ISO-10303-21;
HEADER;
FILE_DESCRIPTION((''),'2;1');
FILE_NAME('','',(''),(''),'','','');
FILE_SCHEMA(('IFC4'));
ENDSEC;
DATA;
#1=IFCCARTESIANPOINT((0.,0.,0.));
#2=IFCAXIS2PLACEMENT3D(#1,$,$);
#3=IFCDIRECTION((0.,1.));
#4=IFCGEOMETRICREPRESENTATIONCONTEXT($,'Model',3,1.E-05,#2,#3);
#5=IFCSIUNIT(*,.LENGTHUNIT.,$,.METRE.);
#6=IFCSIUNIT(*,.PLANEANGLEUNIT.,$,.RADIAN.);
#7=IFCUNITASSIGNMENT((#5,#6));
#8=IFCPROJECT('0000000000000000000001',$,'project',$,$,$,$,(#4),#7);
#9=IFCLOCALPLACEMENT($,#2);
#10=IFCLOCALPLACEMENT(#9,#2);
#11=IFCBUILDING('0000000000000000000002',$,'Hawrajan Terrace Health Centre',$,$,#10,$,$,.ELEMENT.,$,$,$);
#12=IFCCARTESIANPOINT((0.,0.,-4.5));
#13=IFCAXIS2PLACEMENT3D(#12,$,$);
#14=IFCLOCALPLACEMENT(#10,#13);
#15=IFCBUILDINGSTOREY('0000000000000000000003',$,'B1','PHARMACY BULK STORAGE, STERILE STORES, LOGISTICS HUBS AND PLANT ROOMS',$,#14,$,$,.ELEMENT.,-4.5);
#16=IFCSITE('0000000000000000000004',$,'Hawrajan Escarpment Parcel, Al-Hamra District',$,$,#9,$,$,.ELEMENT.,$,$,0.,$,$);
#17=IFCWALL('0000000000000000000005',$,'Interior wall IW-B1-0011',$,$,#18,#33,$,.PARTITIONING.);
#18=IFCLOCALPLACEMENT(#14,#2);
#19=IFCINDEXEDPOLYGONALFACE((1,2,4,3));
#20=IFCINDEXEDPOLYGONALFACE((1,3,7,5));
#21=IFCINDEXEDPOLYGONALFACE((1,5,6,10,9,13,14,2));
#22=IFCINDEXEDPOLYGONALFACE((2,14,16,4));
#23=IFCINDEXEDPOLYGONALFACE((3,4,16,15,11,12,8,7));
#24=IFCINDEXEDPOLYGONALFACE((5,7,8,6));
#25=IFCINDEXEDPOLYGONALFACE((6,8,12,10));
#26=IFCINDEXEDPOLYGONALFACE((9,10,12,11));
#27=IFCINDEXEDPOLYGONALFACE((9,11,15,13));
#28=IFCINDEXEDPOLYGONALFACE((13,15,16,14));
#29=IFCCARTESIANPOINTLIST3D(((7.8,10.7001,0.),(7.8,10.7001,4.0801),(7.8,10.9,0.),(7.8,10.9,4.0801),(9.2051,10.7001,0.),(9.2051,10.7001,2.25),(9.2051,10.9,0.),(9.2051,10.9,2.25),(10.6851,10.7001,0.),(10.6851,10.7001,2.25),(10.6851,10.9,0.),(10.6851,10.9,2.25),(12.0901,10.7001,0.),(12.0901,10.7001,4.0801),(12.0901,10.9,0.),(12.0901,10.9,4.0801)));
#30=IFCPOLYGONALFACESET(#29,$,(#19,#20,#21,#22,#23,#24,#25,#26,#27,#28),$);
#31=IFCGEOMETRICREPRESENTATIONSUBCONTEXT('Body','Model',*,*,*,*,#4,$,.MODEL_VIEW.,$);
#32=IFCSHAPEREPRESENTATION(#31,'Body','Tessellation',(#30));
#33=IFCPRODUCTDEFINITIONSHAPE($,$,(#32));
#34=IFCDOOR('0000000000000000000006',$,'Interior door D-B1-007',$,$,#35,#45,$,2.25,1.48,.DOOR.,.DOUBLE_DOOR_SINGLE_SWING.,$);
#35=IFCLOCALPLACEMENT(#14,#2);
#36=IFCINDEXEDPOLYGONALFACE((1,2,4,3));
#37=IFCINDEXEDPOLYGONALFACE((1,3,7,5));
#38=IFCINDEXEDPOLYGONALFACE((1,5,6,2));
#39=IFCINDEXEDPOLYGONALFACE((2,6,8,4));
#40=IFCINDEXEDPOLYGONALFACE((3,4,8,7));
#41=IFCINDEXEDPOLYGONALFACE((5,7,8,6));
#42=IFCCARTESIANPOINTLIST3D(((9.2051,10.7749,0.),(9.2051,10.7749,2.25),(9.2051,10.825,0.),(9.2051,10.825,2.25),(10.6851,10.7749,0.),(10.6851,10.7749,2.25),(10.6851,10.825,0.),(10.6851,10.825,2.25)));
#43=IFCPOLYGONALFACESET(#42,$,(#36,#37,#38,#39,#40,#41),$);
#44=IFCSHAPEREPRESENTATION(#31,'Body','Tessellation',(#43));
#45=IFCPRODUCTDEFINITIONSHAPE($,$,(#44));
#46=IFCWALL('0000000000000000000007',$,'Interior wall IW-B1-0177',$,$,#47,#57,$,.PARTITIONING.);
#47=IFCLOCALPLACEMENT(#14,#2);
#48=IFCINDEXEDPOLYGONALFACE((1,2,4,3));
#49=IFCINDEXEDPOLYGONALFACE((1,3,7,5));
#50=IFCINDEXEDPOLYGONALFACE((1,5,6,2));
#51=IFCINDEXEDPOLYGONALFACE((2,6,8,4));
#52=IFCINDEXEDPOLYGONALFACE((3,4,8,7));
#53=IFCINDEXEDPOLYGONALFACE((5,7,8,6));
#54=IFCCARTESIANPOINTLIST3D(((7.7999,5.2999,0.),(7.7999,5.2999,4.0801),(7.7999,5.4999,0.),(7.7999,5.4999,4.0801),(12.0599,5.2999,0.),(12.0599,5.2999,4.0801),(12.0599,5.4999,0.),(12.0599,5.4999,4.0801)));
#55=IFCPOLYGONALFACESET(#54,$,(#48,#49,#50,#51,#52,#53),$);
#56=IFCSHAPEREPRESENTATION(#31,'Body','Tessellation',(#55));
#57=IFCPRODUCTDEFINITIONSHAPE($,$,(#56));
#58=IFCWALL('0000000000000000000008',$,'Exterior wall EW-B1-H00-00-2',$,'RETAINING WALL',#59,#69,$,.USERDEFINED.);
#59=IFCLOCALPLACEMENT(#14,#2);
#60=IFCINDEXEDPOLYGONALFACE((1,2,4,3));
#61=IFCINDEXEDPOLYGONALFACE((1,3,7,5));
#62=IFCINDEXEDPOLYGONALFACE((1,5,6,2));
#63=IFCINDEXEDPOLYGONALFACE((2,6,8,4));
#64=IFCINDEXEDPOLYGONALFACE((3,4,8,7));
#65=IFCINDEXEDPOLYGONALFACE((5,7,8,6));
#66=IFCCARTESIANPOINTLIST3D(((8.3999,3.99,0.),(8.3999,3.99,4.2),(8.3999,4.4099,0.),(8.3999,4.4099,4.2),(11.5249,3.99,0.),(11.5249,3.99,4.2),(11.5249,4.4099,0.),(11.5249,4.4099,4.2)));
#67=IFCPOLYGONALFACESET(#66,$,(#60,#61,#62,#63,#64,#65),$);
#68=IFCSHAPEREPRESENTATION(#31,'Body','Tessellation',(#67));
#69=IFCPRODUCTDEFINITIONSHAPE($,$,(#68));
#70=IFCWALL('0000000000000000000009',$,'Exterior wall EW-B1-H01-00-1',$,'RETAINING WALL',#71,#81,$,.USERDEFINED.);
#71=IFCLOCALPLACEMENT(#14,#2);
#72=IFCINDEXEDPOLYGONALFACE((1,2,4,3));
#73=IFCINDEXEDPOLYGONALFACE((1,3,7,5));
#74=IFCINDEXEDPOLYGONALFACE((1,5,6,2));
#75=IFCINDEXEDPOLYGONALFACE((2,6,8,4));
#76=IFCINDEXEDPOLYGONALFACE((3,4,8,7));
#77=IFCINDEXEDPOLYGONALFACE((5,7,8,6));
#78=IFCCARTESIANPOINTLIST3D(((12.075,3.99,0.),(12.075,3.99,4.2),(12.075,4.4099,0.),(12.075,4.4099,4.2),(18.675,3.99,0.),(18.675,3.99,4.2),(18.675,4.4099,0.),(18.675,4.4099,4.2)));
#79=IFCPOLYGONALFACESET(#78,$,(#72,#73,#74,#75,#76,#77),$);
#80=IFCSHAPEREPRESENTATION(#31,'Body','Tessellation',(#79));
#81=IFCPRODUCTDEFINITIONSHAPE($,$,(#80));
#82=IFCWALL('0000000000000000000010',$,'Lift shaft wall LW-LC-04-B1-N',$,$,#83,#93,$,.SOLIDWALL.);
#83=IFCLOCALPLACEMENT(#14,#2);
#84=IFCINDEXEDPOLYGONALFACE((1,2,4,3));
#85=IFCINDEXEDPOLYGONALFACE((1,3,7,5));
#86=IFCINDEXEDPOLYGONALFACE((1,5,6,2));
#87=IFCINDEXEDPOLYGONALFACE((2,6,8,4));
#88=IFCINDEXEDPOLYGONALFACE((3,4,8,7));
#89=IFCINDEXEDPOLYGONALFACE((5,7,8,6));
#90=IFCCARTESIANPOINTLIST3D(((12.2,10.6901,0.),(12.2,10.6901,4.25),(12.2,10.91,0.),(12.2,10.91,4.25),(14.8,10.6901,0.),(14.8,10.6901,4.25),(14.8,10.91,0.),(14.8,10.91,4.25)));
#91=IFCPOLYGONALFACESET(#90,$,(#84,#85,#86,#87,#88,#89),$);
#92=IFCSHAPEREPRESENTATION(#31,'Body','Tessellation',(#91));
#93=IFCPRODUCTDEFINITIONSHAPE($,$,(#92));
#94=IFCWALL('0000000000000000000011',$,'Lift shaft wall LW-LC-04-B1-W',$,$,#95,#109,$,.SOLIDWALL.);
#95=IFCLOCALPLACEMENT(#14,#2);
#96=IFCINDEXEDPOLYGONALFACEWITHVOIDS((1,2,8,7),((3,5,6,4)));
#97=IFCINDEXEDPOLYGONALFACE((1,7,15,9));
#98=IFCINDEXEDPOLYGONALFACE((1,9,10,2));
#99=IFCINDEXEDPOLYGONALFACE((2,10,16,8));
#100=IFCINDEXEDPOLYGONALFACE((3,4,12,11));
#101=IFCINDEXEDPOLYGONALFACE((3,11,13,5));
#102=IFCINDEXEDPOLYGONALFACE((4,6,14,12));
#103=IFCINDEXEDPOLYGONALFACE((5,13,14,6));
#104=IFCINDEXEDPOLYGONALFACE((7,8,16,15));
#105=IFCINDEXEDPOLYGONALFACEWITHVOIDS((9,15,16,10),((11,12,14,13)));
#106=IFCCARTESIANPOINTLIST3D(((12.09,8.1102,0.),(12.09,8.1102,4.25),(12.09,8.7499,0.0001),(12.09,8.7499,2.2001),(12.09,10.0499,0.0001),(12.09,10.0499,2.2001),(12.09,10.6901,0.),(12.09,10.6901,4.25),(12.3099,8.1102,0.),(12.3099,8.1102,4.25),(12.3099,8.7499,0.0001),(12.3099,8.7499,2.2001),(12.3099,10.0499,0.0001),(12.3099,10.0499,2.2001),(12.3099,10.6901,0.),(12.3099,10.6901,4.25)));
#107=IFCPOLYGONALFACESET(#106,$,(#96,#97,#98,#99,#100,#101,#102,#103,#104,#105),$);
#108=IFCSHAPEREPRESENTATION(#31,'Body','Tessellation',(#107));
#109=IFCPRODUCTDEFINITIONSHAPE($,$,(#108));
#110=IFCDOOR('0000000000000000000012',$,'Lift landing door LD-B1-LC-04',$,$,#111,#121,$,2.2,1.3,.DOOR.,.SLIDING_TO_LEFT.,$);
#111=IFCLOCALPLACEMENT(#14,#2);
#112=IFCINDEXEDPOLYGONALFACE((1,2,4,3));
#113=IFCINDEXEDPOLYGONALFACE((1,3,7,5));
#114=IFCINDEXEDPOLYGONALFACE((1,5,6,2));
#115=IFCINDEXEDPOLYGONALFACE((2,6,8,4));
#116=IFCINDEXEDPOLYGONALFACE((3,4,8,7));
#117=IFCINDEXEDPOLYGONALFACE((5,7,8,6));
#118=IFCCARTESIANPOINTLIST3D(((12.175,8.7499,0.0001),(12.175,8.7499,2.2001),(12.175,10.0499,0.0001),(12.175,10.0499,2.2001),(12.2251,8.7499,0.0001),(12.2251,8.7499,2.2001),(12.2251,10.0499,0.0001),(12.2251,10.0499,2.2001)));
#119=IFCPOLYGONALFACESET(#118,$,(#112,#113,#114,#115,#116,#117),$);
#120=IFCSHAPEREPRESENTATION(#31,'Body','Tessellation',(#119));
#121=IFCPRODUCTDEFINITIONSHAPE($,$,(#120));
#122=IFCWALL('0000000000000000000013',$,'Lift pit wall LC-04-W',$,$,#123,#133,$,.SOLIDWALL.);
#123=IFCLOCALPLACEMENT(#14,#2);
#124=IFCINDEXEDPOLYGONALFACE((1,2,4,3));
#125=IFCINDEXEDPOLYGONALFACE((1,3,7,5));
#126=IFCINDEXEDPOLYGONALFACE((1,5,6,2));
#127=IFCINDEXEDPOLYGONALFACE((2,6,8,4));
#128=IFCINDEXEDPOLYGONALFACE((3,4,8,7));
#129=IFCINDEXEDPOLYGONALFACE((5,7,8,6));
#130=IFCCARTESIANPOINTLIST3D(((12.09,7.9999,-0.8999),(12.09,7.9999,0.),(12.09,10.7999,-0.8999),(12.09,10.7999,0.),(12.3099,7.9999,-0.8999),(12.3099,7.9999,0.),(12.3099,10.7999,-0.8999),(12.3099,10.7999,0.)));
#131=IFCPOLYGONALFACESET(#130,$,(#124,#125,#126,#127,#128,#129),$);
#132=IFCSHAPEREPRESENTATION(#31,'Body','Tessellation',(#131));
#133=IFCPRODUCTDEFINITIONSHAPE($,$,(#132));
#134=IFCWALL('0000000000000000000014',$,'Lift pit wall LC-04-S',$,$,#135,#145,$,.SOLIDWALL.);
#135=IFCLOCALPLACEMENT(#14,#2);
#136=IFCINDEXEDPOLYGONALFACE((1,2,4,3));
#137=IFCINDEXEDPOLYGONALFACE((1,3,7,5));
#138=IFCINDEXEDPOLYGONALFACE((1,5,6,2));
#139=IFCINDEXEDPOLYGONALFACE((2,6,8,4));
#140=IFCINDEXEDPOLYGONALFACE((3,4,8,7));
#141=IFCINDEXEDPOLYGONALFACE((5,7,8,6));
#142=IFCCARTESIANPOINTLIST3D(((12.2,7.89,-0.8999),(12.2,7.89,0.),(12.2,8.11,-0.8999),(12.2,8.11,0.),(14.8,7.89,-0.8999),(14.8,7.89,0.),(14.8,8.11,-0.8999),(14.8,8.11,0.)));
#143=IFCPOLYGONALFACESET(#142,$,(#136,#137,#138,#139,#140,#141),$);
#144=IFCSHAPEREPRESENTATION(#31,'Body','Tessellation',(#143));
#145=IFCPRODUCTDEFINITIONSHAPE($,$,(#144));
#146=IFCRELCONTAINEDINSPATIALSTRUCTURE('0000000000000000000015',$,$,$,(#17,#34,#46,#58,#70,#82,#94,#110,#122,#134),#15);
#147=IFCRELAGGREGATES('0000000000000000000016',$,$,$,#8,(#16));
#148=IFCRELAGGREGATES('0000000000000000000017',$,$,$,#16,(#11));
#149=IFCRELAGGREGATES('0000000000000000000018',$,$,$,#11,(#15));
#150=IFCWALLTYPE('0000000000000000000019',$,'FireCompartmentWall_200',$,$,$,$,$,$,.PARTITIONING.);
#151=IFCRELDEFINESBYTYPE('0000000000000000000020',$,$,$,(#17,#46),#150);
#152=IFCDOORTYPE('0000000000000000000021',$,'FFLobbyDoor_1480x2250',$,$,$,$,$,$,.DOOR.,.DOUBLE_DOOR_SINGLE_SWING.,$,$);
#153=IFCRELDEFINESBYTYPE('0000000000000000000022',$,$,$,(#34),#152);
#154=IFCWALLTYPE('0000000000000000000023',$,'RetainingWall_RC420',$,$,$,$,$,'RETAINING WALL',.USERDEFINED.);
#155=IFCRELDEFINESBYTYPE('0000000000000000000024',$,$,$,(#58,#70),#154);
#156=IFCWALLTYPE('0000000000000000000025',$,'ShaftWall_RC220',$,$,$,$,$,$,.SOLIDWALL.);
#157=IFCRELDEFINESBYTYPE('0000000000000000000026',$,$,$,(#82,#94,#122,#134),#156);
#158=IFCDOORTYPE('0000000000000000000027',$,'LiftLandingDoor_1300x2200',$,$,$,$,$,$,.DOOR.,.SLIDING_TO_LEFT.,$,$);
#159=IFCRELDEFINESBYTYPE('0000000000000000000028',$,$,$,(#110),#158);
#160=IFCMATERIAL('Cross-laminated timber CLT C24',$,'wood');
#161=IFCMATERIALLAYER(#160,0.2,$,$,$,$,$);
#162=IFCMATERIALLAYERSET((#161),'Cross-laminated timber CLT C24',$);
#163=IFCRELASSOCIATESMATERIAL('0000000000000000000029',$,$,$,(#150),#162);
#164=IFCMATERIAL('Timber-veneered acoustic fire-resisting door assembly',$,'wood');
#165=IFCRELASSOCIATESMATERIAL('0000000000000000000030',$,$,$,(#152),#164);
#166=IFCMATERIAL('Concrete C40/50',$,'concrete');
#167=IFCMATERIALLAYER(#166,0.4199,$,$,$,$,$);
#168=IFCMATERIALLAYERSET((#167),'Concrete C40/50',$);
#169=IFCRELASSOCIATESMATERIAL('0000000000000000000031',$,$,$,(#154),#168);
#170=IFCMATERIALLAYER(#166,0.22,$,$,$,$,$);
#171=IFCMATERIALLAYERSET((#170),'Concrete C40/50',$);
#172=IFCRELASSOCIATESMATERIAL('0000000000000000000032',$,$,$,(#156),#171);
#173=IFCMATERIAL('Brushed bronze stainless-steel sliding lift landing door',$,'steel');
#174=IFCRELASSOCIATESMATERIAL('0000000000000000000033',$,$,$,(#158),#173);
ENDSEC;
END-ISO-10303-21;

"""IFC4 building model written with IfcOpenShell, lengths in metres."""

from ifc_helpers import new_model, si_unit, direction, frame, frame_2d, origin, place, context, subcontext, project, spatial, rectangle, extrude, material, layer, layer_set, type_object, element, fill, save


model = new_model("IFC4")

# Units and contexts
model_context = context("Model", 3, precision=1e-05, world=origin(), true_north=direction((0.0, 1.0)))
body_context = subcontext(model_context, "Body", "Model", "MODEL_VIEW")
ifc_project = project(units=[si_unit("LENGTHUNIT", "METRE"), si_unit("PLANEANGLEUNIT", "RADIAN")], contexts=[model_context])

# Site, building, storey
site_placement = place(None, origin())
site = spatial("IfcSite", under=ifc_project, at=site_placement, Name="Hawrajan Escarpment Parcel, Al-Hamra District", CompositionType="ELEMENT", RefElevation=0.0)
building_placement = place(site_placement, origin())
building = spatial("IfcBuilding", under=site, at=building_placement, Name="Hawrajan Terrace Health Centre", CompositionType="ELEMENT")
storey_placement = place(building_placement, frame((0.0, 0.0, -4.5)))
storey = spatial("IfcBuildingStorey", under=building, at=storey_placement, Name="B1", Description="PHARMACY BULK STORAGE, STERILE STORES, LOGISTICS HUBS AND PLANT ROOMS", CompositionType="ELEMENT", Elevation=-4.5)

# Shared definitions
ifc_material_1 = material(Name="Concrete C40/50", Category="concrete")

# Shared definitions
ifc_material_2 = material(Name="Timber-veneered acoustic fire-resisting door assembly", Category="wood")

# Shared definitions
ifc_material_3 = material(Name="Cross-laminated timber CLT C24", Category="wood")
ifc_layer_1 = layer(ifc_material_3, 0.2)
ifc_layer_set_1 = layer_set([ifc_layer_1], Name="Cross-laminated timber CLT C24")
wall_type_1 = type_object("IfcWallType", Name="FireCompartmentWall_200", PredefinedType="PARTITIONING", material=ifc_layer_set_1)

# Wall, opening, door
wall_1_placement = place(storey_placement, frame((7.8, 10.8, 0.0), z_axis=(0.0, 0.0, 1.0), x_axis=(1.0, 0.0, 0.0)))
wall_1 = element("IfcWall", 1, at=wall_1_placement, inside=storey, type_object=wall_type_1, Name="Interior wall IW-B1-0011", PredefinedType="PARTITIONING", context=body_context, shape_type="SweptSolid", body=[
    extrude(rectangle(XDim=4.29, YDim=0.2, at=frame_2d((2.145, 0.0))), origin(), (0.0, 0.0, 1.0), 4.0801),
])
opening_1_placement = place(wall_1_placement, frame((1.405, 0.0, 0.0)))
opening_1 = element("IfcOpeningElement", 2, at=opening_1_placement, cuts=wall_1, PredefinedType="OPENING", context=body_context, shape_type="SweptSolid", body=[
    extrude(rectangle(XDim=1.48, YDim=2.25, at=frame_2d((0.74, 1.125))), frame((0.0, 0.1099, 0.0), z_axis=(0.0, -1.0, 0.0), x_axis=(1.0, 0.0, 0.0)), (0.0, 0.0, 1.0), 0.22),
])
door_type_1 = type_object("IfcDoorType", Name="FFLobbyDoor_1480x2250", OperationType="DOUBLE_DOOR_SINGLE_SWING", PredefinedType="DOOR", material=ifc_material_2)
door_1_placement = place(opening_1_placement, origin())
door_1 = element("IfcDoor", 3, at=door_1_placement, inside=storey, type_object=door_type_1, Name="Interior door D-B1-007", OperationType="DOUBLE_DOOR_SINGLE_SWING", OverallHeight=2.25, OverallWidth=1.48, PredefinedType="DOOR", context=body_context, shape_type="SweptSolid", body=[
    extrude(rectangle(XDim=1.48, YDim=2.25, at=frame_2d((0.74, 1.125))), frame((0.0, 0.0249, 0.0), z_axis=(0.0, -1.0, 0.0), x_axis=(1.0, 0.0, 0.0)), (0.0, 0.0, 1.0), 0.05),
])
fill(opening_1, door_1)

# Walls
wall_2_placement = place(storey_placement, frame((7.8, 5.3999, 0.0), z_axis=(0.0, 0.0, 1.0), x_axis=(1.0, 0.0, 0.0)))
element("IfcWall", 4, at=wall_2_placement, inside=storey, type_object=wall_type_1, Name="Interior wall IW-B1-0177", PredefinedType="PARTITIONING", context=body_context, shape_type="SweptSolid", body=[
    extrude(rectangle(XDim=4.26, YDim=0.2, at=frame_2d((2.1299, 0.0))), origin(), (0.0, 0.0, 1.0), 4.0801),
])
ifc_layer_2 = layer(ifc_material_1, 0.4199)
ifc_layer_set_2 = layer_set([ifc_layer_2], Name="Concrete C40/50")
wall_type_2 = type_object("IfcWallType", Name="RetainingWall_RC420", ElementType="RETAINING WALL", PredefinedType="USERDEFINED", material=ifc_layer_set_2)
wall_3_placement = place(storey_placement, frame((8.3999, 4.2, 0.0), z_axis=(0.0, 0.0, 1.0), x_axis=(1.0, 0.0, 0.0)))
element("IfcWall", 5, at=wall_3_placement, inside=storey, type_object=wall_type_2, Name="Exterior wall EW-B1-H00-00-2", ObjectType="RETAINING WALL", PredefinedType="USERDEFINED", context=body_context, shape_type="SweptSolid", body=[
    extrude(rectangle(XDim=3.125, YDim=0.4199, at=frame_2d((1.5625, 0.0))), origin(), (0.0, 0.0, 1.0), 4.2),
])
wall_4_placement = place(storey_placement, frame((12.075, 4.2, 0.0), z_axis=(0.0, 0.0, 1.0), x_axis=(1.0, 0.0, 0.0)))
element("IfcWall", 6, at=wall_4_placement, inside=storey, type_object=wall_type_2, Name="Exterior wall EW-B1-H01-00-1", ObjectType="RETAINING WALL", PredefinedType="USERDEFINED", context=body_context, shape_type="SweptSolid", body=[
    extrude(rectangle(XDim=6.6001, YDim=0.4199, at=frame_2d((3.3, 0.0))), origin(), (0.0, 0.0, 1.0), 4.2),
])
ifc_layer_3 = layer(ifc_material_1, 0.22)
ifc_layer_set_3 = layer_set([ifc_layer_3], Name="Concrete C40/50")
wall_type_3 = type_object("IfcWallType", Name="ShaftWall_RC220", PredefinedType="SOLIDWALL", material=ifc_layer_set_3)
wall_5_placement = place(storey_placement, frame((12.2, 10.8, 0.0), z_axis=(0.0, 0.0, 1.0), x_axis=(1.0, 0.0, 0.0)))
element("IfcWall", 7, at=wall_5_placement, inside=storey, type_object=wall_type_3, Name="Lift shaft wall LW-LC-04-B1-N", PredefinedType="SOLIDWALL", context=body_context, shape_type="SweptSolid", body=[
    extrude(rectangle(XDim=2.6001, YDim=0.22, at=frame_2d((1.3, 0.0))), origin(), (0.0, 0.0, 1.0), 4.25),
])

# Wall, opening, door
wall_6_placement = place(storey_placement, frame((12.2, 8.1101, 0.0), z_axis=(0.0, 0.0, 1.0), x_axis=(0.0, 1.0, 0.0)))
wall_6 = element("IfcWall", 8, at=wall_6_placement, inside=storey, type_object=wall_type_3, Name="Lift shaft wall LW-LC-04-B1-W", PredefinedType="SOLIDWALL", context=body_context, shape_type="SweptSolid", body=[
    extrude(rectangle(XDim=2.5798, YDim=0.22, at=frame_2d((1.29, 0.0))), origin(), (0.0, 0.0, 1.0), 4.25),
])
opening_2_placement = place(wall_6_placement, frame((0.6399, 0.0, 0.0)))
opening_2 = element("IfcOpeningElement", 9, at=opening_2_placement, cuts=wall_6, PredefinedType="OPENING", context=body_context, shape_type="SweptSolid", body=[
    extrude(rectangle(XDim=1.3, YDim=2.2, at=frame_2d((0.6499, 1.1001))), frame((0.0, 0.1199, 0.0), z_axis=(0.0, -1.0, 0.0), x_axis=(1.0, 0.0, 0.0)), (0.0, 0.0, 1.0), 0.24),
])
ifc_material_4 = material(Name="Brushed bronze stainless-steel sliding lift landing door", Category="steel")
door_type_2 = type_object("IfcDoorType", Name="LiftLandingDoor_1300x2200", OperationType="SLIDING_TO_LEFT", PredefinedType="DOOR", material=ifc_material_4)
door_2_placement = place(opening_2_placement, origin())
door_2 = element("IfcDoor", 10, at=door_2_placement, inside=storey, type_object=door_type_2, Name="Lift landing door LD-B1-LC-04", OperationType="SLIDING_TO_LEFT", OverallHeight=2.2, OverallWidth=1.3, PredefinedType="DOOR", context=body_context, shape_type="SweptSolid", body=[
    extrude(rectangle(XDim=1.3, YDim=2.2, at=frame_2d((0.6499, 1.1001))), frame((0.0, 0.0249, 0.0), z_axis=(0.0, -1.0, 0.0), x_axis=(1.0, 0.0, 0.0)), (0.0, 0.0, 1.0), 0.05),
])
fill(opening_2, door_2)

# Walls
wall_7_placement = place(storey_placement, frame((12.2, 8.0, -0.8999), z_axis=(0.0, 0.0, 1.0), x_axis=(0.0, 1.0, 0.0)))
element("IfcWall", 11, at=wall_7_placement, inside=storey, type_object=wall_type_3, Name="Lift pit wall LC-04-W", PredefinedType="SOLIDWALL", context=body_context, shape_type="SweptSolid", body=[
    extrude(rectangle(XDim=2.8, YDim=0.22, at=frame_2d((1.3999, 0.0))), origin(), (0.0, 0.0, 1.0), 0.8999),
])
wall_8_placement = place(storey_placement, frame((12.2, 8.0, -0.8999), z_axis=(0.0, 0.0, 1.0), x_axis=(1.0, 0.0, 0.0)))
element("IfcWall", 12, at=wall_8_placement, inside=storey, type_object=wall_type_3, Name="Lift pit wall LC-04-S", PredefinedType="SOLIDWALL", context=body_context, shape_type="SweptSolid", body=[
    extrude(rectangle(XDim=2.6001, YDim=0.22, at=frame_2d((1.3, 0.0))), origin(), (0.0, 0.0, 1.0), 0.8999),
])

save(model, "model.ifc")
